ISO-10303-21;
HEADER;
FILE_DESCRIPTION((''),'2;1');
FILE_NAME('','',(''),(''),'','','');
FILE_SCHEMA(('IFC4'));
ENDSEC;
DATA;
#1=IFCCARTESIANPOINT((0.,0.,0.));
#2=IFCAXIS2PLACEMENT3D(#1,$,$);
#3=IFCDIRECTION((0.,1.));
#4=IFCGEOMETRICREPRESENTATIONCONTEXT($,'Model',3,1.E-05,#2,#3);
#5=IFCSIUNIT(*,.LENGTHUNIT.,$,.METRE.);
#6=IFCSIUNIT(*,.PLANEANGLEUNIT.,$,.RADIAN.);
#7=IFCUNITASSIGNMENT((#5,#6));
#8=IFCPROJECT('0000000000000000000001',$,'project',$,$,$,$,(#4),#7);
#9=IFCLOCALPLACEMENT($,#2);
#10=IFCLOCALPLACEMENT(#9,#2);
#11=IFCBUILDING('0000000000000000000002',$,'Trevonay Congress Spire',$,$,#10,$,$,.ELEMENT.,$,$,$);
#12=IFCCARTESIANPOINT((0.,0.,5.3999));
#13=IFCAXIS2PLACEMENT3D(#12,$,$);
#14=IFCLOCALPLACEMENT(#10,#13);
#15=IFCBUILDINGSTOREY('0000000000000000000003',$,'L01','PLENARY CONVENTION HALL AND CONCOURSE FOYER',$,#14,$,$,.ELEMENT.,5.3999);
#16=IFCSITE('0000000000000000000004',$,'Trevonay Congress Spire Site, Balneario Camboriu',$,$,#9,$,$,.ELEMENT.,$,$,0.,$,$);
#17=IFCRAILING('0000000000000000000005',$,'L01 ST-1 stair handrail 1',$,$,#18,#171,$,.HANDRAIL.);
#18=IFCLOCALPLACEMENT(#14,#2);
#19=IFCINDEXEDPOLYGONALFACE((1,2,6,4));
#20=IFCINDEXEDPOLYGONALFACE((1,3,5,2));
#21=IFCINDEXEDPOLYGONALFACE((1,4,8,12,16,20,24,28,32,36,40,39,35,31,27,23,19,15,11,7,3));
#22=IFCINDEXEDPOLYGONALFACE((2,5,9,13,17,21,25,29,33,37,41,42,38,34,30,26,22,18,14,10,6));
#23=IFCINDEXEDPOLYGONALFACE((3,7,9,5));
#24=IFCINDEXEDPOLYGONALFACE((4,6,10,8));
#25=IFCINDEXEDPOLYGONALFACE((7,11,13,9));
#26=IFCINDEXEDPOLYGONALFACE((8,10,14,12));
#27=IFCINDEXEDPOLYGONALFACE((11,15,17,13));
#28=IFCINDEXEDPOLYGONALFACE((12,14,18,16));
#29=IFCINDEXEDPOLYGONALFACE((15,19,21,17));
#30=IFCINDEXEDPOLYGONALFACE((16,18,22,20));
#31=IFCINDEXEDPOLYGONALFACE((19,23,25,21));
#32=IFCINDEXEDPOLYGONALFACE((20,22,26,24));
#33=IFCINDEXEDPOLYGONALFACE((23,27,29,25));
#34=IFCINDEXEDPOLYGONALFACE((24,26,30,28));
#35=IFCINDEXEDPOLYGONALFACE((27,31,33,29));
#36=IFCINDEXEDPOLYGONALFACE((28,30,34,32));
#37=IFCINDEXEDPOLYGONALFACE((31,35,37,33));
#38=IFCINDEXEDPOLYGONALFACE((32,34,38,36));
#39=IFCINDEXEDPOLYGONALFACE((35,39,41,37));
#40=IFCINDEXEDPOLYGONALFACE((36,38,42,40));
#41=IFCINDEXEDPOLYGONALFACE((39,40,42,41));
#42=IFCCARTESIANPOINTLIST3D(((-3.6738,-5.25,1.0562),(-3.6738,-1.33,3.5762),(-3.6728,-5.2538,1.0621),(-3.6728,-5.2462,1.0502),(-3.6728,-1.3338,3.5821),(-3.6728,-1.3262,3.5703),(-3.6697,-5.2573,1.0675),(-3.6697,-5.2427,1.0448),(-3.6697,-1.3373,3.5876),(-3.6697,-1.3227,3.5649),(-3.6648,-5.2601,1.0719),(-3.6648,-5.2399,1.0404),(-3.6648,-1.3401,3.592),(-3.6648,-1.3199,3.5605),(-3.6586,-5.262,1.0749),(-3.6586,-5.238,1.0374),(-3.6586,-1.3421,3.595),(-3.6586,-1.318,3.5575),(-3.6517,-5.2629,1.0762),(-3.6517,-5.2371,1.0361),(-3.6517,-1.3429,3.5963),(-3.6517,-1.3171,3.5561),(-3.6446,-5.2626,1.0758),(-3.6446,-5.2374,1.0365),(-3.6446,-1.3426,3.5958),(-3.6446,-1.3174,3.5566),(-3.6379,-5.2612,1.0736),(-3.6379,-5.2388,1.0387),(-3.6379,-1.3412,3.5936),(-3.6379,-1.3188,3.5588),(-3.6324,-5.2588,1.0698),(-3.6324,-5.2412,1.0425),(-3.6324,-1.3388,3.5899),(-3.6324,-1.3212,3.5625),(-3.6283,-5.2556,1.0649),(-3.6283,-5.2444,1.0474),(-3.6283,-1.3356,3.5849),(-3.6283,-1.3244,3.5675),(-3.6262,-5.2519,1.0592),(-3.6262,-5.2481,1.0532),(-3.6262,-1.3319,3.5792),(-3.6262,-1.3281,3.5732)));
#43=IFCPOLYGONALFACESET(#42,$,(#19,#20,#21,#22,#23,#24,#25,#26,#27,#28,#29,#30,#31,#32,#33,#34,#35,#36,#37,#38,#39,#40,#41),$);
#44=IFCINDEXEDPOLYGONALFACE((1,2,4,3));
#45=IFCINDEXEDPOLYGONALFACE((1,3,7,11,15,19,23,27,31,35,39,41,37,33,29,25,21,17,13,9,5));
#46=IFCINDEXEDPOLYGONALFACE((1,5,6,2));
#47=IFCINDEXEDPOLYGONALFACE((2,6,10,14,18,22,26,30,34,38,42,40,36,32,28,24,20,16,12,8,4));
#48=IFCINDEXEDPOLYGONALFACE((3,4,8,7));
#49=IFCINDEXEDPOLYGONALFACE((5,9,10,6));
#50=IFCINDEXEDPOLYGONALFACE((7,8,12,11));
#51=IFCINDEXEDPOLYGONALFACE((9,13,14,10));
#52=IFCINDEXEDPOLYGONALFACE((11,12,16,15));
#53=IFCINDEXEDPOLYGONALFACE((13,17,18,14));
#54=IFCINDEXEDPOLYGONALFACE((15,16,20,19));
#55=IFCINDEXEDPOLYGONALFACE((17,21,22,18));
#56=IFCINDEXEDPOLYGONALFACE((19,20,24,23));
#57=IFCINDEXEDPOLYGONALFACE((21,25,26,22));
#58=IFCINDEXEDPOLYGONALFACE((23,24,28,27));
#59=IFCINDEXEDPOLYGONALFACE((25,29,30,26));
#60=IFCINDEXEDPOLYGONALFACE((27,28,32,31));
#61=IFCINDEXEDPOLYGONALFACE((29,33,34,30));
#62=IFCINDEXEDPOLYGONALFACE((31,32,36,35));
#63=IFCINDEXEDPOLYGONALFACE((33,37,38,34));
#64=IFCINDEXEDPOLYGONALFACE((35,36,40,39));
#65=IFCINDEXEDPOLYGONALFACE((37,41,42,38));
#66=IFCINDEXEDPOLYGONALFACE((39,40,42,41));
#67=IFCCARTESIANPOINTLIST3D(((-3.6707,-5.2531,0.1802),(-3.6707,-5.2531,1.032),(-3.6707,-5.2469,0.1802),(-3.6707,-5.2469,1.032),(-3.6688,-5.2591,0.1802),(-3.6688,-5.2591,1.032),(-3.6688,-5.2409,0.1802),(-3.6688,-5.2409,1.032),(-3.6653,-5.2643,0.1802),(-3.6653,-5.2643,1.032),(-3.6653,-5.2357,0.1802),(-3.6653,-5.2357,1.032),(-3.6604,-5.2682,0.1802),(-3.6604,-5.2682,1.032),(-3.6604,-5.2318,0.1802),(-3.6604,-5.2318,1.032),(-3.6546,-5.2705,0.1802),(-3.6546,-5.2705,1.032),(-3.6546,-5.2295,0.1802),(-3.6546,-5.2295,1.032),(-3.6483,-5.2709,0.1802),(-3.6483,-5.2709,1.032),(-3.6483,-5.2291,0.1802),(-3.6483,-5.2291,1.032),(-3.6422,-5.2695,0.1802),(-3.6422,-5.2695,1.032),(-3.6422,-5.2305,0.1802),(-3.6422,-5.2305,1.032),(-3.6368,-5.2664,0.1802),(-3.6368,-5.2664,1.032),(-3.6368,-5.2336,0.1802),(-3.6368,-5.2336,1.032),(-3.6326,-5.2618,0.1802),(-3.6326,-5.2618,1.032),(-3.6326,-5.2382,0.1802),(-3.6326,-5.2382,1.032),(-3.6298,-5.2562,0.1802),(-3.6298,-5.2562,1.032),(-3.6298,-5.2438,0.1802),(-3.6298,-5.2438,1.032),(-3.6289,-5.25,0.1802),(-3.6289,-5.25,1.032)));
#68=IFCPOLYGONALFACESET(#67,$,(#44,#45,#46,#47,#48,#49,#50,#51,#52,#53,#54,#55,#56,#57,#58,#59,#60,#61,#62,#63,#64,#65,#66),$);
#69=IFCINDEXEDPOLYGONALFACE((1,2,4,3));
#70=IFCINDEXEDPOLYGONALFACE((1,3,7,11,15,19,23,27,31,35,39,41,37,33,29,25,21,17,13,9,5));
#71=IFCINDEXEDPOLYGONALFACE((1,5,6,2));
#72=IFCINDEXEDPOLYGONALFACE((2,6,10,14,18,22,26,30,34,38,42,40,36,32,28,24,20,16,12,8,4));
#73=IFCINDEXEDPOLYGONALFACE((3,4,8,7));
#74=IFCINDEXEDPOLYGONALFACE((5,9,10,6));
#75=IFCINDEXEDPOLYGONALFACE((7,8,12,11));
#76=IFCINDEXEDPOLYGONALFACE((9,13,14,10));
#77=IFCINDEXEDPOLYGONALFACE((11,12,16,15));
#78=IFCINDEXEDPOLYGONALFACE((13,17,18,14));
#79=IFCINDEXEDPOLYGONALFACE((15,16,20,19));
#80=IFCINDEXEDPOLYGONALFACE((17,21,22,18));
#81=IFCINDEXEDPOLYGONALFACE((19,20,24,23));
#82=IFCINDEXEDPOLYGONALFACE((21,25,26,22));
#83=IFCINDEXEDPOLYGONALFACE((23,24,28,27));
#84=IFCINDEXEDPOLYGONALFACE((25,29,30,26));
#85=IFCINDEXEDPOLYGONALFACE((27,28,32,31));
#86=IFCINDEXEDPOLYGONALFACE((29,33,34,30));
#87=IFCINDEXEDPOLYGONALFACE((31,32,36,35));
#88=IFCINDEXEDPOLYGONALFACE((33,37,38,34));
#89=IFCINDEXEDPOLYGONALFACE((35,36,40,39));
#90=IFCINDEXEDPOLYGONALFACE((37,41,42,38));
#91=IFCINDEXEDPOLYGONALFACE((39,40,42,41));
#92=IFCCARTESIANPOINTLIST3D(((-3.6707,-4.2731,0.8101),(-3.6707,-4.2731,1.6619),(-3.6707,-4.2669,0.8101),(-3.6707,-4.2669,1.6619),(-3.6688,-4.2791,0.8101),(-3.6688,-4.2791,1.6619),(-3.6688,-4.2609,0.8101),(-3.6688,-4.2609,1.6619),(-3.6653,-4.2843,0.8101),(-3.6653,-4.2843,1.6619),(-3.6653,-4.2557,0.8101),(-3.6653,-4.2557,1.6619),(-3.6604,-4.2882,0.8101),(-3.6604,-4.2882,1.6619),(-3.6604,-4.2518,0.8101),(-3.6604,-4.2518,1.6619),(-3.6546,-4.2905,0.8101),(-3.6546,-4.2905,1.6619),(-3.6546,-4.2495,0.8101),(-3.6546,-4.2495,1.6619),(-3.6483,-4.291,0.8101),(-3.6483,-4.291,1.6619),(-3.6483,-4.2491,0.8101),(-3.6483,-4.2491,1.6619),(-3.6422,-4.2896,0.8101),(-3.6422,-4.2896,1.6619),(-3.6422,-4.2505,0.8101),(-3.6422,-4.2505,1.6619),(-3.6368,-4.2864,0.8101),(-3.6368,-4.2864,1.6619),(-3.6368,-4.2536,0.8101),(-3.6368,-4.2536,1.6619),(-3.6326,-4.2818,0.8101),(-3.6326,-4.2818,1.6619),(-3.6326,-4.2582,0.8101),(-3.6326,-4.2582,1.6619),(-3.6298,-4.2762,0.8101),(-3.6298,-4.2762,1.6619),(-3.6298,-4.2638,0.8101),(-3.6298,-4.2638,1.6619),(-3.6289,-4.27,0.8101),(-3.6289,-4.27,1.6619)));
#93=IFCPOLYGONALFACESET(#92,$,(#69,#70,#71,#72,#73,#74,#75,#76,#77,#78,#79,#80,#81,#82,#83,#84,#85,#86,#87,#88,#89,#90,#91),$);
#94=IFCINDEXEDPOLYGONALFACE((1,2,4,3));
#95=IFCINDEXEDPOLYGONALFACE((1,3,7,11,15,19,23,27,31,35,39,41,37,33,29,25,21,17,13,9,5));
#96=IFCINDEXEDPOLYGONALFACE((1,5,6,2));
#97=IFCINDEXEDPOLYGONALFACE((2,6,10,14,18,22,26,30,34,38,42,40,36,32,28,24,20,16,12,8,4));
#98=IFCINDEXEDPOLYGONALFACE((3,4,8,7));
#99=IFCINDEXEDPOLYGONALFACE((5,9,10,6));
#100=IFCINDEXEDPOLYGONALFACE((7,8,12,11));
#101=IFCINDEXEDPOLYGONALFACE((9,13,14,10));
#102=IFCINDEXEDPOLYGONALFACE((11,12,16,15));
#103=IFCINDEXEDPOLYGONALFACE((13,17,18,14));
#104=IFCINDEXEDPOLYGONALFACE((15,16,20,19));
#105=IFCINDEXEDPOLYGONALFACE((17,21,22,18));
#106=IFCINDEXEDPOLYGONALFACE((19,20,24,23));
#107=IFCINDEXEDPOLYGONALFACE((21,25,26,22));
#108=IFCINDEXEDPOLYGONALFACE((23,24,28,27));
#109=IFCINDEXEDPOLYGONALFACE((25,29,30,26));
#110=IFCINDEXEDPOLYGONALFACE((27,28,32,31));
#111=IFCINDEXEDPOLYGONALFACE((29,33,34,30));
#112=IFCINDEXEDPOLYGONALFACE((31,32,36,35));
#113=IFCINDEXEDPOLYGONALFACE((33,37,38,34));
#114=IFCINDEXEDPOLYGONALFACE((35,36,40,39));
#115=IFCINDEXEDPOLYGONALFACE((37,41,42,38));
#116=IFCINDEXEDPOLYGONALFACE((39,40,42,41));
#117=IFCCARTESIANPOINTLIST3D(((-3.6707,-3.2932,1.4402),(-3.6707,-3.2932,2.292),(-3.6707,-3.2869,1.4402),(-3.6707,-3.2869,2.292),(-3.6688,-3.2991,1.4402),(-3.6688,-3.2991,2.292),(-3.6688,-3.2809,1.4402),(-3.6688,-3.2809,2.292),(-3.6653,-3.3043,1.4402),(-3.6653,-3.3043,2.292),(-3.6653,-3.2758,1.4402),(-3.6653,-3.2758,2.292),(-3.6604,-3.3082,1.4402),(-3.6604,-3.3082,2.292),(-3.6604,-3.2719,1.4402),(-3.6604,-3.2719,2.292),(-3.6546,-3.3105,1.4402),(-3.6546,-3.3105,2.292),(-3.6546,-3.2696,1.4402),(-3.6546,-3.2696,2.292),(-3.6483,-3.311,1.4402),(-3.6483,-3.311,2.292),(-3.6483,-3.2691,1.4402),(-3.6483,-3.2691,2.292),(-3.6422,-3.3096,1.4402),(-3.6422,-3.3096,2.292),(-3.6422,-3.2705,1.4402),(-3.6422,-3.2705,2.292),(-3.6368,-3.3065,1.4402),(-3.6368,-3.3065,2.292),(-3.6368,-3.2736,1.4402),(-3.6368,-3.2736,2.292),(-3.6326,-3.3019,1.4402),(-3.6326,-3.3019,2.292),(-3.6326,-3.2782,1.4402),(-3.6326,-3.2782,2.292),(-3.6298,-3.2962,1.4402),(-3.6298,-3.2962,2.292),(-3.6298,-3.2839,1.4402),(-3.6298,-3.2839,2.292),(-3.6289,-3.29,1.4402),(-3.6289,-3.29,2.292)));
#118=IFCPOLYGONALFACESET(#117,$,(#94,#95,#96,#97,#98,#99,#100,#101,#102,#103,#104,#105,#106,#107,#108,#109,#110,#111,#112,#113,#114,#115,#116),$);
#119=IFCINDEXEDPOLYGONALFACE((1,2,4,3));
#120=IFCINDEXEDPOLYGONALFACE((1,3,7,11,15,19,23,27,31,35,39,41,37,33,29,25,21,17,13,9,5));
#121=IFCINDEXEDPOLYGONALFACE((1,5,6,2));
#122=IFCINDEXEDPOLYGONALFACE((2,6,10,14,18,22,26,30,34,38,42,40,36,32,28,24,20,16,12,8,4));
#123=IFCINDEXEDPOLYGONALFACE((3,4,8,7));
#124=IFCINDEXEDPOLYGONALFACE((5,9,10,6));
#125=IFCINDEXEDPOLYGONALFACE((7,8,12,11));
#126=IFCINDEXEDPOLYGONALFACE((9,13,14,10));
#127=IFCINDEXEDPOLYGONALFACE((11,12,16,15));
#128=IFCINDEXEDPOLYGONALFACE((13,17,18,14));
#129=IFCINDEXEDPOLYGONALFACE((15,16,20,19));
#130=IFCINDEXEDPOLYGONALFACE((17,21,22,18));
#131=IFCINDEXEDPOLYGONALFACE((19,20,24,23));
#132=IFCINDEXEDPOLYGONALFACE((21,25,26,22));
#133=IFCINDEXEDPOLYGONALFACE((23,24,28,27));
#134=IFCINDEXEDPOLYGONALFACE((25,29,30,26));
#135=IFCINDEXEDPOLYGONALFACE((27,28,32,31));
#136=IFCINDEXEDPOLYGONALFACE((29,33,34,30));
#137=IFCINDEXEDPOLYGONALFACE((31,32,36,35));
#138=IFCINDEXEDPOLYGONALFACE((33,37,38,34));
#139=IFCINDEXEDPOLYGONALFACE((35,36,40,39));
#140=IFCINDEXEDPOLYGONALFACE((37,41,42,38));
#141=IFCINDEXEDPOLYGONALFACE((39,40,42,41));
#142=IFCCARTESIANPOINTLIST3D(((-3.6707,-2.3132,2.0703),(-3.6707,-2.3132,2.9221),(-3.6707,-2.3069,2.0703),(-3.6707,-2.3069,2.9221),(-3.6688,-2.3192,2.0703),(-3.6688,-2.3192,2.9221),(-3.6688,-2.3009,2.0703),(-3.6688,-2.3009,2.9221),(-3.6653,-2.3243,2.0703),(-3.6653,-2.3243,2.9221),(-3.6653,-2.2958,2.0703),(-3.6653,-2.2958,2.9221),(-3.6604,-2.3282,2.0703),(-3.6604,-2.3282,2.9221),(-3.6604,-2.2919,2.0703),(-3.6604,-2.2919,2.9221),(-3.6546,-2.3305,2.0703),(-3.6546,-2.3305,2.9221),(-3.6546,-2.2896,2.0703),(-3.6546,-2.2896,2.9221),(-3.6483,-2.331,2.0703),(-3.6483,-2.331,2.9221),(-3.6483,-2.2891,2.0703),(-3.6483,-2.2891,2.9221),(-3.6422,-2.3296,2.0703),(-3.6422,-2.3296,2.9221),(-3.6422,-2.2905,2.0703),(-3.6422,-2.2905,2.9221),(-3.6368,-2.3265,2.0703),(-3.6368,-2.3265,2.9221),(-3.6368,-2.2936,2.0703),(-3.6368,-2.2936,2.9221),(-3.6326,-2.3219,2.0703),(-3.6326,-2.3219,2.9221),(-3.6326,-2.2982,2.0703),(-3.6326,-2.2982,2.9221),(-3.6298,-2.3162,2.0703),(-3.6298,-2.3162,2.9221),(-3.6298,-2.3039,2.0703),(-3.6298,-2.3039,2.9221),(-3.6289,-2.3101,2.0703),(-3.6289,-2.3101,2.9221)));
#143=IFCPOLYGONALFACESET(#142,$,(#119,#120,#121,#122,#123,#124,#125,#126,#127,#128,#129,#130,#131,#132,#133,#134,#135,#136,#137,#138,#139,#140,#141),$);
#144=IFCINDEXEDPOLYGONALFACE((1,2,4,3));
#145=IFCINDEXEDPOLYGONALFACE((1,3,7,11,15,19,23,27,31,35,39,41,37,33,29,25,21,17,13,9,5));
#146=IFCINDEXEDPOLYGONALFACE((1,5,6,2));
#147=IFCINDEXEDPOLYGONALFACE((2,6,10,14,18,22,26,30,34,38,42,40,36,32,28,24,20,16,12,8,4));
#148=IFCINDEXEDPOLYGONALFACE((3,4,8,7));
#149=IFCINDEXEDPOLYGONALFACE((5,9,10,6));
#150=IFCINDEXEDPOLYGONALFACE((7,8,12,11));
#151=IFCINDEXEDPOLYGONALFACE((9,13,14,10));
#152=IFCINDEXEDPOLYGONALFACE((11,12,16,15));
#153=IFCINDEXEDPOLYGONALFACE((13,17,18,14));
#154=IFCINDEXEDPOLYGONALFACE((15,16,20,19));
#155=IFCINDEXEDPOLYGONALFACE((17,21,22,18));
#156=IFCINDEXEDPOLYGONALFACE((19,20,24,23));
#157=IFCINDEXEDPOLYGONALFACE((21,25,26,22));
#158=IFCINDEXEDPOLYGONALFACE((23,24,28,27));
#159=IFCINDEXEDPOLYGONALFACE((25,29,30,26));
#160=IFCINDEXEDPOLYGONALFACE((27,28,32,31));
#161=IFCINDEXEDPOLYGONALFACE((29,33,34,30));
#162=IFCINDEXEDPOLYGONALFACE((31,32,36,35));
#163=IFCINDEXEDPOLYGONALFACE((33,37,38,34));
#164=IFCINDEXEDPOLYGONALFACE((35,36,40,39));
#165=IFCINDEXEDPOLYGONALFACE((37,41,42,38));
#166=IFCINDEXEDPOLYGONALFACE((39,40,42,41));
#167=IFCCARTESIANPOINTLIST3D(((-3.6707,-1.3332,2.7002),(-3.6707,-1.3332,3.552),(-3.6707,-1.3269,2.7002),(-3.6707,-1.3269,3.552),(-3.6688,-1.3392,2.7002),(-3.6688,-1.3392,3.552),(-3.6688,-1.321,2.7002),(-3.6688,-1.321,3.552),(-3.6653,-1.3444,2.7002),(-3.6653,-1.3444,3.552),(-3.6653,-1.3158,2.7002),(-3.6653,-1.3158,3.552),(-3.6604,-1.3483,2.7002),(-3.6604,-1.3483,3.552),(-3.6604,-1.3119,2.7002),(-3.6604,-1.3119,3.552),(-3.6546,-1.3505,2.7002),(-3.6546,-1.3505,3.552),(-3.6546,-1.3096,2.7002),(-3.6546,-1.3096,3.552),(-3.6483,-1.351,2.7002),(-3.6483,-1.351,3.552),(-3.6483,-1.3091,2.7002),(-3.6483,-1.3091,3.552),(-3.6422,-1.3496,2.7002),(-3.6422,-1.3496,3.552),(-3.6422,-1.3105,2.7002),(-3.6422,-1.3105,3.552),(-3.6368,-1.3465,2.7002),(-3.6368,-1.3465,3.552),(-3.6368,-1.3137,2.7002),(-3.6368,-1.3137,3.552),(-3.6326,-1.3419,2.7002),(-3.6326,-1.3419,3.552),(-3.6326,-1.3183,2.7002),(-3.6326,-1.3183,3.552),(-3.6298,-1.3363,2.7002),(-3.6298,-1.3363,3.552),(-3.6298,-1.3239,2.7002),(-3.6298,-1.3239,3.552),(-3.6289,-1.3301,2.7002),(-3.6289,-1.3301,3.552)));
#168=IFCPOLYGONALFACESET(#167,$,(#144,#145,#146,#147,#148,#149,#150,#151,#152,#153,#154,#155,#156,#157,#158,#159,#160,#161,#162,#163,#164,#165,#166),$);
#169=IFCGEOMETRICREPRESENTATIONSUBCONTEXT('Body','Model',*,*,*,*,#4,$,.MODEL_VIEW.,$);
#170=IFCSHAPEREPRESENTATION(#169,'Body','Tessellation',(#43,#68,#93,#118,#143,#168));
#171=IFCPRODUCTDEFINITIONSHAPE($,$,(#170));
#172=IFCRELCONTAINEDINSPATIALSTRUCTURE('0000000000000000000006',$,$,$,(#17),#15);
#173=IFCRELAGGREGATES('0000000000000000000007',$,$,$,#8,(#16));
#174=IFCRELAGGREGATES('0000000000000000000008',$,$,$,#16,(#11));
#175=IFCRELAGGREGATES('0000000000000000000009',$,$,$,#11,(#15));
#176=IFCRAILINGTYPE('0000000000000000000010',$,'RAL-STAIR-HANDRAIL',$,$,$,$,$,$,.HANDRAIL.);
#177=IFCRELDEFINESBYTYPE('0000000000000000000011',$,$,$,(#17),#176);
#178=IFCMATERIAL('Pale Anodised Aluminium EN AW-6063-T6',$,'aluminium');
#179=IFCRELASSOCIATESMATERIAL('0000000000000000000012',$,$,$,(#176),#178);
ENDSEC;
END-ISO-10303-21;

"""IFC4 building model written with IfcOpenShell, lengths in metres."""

from ifc_helpers import new_model, si_unit, direction, frame, origin, origin_2d, place, context, subcontext, project, spatial, circle, extrude, material, type_object, element, save


model = new_model("IFC4")

# Units and contexts
model_context = context("Model", 3, precision=1e-05, world=origin(), true_north=direction((0.0, 1.0)))
body_context = subcontext(model_context, "Body", "Model", "MODEL_VIEW")
ifc_project = project(units=[si_unit("LENGTHUNIT", "METRE"), si_unit("PLANEANGLEUNIT", "RADIAN")], contexts=[model_context])

# Site, building, storey
site_placement = place(None, origin())
site = spatial("IfcSite", under=ifc_project, at=site_placement, Name="Trevonay Congress Spire Site, Balneario Camboriu", CompositionType="ELEMENT", RefElevation=0.0)
building_placement = place(site_placement, origin())
building = spatial("IfcBuilding", under=site, at=building_placement, Name="Trevonay Congress Spire", CompositionType="ELEMENT")
storey_placement = place(building_placement, frame((0.0, 0.0, 5.3999)))
storey = spatial("IfcBuildingStorey", under=building, at=storey_placement, Name="L01", Description="PLENARY CONVENTION HALL AND CONCOURSE FOYER", CompositionType="ELEMENT", Elevation=5.3999)

# Shared definitions
ifc_material_1 = material(Name="Pale Anodised Aluminium EN AW-6063-T6", Category="aluminium")

# Railing
railing_type_1 = type_object("IfcRailingType", Name="RAL-STAIR-HANDRAIL", PredefinedType="HANDRAIL", material=ifc_material_1)
railing_1_placement = place(storey_placement, frame((-3.6499, -5.25, 0.1802)))
element("IfcRailing", 1, at=railing_1_placement, inside=storey, type_object=railing_type_1, Name="L01 ST-1 stair handrail 1", PredefinedType="HANDRAIL", context=body_context, shape_type="SweptSolid", body=[
    extrude(circle(Radius=0.0239, at=origin_2d()), frame((0.0, 0.0, 0.876), z_axis=(0.0, 0.841172, 0.540768), x_axis=(-1.0, 0.0, 0.0)), (0.0, 0.0, 1.0), 4.6602),
    extrude(circle(Radius=0.021, at=origin_2d()), origin(), (0.0, 0.0, 1.0), 0.8518),
    extrude(circle(Radius=0.021, at=origin_2d()), frame((0.0, 0.98, 0.6299)), (0.0, 0.0, 1.0), 0.8518),
    extrude(circle(Radius=0.021, at=origin_2d()), frame((0.0, 1.96, 1.26)), (0.0, 0.0, 1.0), 0.8518),
    extrude(circle(Radius=0.021, at=origin_2d()), frame((0.0, 2.9399, 1.8901)), (0.0, 0.0, 1.0), 0.8518),
    extrude(circle(Radius=0.021, at=origin_2d()), frame((0.0, 3.9199, 2.52)), (0.0, 0.0, 1.0), 0.8518),
])

save(model, "model.ifc")
